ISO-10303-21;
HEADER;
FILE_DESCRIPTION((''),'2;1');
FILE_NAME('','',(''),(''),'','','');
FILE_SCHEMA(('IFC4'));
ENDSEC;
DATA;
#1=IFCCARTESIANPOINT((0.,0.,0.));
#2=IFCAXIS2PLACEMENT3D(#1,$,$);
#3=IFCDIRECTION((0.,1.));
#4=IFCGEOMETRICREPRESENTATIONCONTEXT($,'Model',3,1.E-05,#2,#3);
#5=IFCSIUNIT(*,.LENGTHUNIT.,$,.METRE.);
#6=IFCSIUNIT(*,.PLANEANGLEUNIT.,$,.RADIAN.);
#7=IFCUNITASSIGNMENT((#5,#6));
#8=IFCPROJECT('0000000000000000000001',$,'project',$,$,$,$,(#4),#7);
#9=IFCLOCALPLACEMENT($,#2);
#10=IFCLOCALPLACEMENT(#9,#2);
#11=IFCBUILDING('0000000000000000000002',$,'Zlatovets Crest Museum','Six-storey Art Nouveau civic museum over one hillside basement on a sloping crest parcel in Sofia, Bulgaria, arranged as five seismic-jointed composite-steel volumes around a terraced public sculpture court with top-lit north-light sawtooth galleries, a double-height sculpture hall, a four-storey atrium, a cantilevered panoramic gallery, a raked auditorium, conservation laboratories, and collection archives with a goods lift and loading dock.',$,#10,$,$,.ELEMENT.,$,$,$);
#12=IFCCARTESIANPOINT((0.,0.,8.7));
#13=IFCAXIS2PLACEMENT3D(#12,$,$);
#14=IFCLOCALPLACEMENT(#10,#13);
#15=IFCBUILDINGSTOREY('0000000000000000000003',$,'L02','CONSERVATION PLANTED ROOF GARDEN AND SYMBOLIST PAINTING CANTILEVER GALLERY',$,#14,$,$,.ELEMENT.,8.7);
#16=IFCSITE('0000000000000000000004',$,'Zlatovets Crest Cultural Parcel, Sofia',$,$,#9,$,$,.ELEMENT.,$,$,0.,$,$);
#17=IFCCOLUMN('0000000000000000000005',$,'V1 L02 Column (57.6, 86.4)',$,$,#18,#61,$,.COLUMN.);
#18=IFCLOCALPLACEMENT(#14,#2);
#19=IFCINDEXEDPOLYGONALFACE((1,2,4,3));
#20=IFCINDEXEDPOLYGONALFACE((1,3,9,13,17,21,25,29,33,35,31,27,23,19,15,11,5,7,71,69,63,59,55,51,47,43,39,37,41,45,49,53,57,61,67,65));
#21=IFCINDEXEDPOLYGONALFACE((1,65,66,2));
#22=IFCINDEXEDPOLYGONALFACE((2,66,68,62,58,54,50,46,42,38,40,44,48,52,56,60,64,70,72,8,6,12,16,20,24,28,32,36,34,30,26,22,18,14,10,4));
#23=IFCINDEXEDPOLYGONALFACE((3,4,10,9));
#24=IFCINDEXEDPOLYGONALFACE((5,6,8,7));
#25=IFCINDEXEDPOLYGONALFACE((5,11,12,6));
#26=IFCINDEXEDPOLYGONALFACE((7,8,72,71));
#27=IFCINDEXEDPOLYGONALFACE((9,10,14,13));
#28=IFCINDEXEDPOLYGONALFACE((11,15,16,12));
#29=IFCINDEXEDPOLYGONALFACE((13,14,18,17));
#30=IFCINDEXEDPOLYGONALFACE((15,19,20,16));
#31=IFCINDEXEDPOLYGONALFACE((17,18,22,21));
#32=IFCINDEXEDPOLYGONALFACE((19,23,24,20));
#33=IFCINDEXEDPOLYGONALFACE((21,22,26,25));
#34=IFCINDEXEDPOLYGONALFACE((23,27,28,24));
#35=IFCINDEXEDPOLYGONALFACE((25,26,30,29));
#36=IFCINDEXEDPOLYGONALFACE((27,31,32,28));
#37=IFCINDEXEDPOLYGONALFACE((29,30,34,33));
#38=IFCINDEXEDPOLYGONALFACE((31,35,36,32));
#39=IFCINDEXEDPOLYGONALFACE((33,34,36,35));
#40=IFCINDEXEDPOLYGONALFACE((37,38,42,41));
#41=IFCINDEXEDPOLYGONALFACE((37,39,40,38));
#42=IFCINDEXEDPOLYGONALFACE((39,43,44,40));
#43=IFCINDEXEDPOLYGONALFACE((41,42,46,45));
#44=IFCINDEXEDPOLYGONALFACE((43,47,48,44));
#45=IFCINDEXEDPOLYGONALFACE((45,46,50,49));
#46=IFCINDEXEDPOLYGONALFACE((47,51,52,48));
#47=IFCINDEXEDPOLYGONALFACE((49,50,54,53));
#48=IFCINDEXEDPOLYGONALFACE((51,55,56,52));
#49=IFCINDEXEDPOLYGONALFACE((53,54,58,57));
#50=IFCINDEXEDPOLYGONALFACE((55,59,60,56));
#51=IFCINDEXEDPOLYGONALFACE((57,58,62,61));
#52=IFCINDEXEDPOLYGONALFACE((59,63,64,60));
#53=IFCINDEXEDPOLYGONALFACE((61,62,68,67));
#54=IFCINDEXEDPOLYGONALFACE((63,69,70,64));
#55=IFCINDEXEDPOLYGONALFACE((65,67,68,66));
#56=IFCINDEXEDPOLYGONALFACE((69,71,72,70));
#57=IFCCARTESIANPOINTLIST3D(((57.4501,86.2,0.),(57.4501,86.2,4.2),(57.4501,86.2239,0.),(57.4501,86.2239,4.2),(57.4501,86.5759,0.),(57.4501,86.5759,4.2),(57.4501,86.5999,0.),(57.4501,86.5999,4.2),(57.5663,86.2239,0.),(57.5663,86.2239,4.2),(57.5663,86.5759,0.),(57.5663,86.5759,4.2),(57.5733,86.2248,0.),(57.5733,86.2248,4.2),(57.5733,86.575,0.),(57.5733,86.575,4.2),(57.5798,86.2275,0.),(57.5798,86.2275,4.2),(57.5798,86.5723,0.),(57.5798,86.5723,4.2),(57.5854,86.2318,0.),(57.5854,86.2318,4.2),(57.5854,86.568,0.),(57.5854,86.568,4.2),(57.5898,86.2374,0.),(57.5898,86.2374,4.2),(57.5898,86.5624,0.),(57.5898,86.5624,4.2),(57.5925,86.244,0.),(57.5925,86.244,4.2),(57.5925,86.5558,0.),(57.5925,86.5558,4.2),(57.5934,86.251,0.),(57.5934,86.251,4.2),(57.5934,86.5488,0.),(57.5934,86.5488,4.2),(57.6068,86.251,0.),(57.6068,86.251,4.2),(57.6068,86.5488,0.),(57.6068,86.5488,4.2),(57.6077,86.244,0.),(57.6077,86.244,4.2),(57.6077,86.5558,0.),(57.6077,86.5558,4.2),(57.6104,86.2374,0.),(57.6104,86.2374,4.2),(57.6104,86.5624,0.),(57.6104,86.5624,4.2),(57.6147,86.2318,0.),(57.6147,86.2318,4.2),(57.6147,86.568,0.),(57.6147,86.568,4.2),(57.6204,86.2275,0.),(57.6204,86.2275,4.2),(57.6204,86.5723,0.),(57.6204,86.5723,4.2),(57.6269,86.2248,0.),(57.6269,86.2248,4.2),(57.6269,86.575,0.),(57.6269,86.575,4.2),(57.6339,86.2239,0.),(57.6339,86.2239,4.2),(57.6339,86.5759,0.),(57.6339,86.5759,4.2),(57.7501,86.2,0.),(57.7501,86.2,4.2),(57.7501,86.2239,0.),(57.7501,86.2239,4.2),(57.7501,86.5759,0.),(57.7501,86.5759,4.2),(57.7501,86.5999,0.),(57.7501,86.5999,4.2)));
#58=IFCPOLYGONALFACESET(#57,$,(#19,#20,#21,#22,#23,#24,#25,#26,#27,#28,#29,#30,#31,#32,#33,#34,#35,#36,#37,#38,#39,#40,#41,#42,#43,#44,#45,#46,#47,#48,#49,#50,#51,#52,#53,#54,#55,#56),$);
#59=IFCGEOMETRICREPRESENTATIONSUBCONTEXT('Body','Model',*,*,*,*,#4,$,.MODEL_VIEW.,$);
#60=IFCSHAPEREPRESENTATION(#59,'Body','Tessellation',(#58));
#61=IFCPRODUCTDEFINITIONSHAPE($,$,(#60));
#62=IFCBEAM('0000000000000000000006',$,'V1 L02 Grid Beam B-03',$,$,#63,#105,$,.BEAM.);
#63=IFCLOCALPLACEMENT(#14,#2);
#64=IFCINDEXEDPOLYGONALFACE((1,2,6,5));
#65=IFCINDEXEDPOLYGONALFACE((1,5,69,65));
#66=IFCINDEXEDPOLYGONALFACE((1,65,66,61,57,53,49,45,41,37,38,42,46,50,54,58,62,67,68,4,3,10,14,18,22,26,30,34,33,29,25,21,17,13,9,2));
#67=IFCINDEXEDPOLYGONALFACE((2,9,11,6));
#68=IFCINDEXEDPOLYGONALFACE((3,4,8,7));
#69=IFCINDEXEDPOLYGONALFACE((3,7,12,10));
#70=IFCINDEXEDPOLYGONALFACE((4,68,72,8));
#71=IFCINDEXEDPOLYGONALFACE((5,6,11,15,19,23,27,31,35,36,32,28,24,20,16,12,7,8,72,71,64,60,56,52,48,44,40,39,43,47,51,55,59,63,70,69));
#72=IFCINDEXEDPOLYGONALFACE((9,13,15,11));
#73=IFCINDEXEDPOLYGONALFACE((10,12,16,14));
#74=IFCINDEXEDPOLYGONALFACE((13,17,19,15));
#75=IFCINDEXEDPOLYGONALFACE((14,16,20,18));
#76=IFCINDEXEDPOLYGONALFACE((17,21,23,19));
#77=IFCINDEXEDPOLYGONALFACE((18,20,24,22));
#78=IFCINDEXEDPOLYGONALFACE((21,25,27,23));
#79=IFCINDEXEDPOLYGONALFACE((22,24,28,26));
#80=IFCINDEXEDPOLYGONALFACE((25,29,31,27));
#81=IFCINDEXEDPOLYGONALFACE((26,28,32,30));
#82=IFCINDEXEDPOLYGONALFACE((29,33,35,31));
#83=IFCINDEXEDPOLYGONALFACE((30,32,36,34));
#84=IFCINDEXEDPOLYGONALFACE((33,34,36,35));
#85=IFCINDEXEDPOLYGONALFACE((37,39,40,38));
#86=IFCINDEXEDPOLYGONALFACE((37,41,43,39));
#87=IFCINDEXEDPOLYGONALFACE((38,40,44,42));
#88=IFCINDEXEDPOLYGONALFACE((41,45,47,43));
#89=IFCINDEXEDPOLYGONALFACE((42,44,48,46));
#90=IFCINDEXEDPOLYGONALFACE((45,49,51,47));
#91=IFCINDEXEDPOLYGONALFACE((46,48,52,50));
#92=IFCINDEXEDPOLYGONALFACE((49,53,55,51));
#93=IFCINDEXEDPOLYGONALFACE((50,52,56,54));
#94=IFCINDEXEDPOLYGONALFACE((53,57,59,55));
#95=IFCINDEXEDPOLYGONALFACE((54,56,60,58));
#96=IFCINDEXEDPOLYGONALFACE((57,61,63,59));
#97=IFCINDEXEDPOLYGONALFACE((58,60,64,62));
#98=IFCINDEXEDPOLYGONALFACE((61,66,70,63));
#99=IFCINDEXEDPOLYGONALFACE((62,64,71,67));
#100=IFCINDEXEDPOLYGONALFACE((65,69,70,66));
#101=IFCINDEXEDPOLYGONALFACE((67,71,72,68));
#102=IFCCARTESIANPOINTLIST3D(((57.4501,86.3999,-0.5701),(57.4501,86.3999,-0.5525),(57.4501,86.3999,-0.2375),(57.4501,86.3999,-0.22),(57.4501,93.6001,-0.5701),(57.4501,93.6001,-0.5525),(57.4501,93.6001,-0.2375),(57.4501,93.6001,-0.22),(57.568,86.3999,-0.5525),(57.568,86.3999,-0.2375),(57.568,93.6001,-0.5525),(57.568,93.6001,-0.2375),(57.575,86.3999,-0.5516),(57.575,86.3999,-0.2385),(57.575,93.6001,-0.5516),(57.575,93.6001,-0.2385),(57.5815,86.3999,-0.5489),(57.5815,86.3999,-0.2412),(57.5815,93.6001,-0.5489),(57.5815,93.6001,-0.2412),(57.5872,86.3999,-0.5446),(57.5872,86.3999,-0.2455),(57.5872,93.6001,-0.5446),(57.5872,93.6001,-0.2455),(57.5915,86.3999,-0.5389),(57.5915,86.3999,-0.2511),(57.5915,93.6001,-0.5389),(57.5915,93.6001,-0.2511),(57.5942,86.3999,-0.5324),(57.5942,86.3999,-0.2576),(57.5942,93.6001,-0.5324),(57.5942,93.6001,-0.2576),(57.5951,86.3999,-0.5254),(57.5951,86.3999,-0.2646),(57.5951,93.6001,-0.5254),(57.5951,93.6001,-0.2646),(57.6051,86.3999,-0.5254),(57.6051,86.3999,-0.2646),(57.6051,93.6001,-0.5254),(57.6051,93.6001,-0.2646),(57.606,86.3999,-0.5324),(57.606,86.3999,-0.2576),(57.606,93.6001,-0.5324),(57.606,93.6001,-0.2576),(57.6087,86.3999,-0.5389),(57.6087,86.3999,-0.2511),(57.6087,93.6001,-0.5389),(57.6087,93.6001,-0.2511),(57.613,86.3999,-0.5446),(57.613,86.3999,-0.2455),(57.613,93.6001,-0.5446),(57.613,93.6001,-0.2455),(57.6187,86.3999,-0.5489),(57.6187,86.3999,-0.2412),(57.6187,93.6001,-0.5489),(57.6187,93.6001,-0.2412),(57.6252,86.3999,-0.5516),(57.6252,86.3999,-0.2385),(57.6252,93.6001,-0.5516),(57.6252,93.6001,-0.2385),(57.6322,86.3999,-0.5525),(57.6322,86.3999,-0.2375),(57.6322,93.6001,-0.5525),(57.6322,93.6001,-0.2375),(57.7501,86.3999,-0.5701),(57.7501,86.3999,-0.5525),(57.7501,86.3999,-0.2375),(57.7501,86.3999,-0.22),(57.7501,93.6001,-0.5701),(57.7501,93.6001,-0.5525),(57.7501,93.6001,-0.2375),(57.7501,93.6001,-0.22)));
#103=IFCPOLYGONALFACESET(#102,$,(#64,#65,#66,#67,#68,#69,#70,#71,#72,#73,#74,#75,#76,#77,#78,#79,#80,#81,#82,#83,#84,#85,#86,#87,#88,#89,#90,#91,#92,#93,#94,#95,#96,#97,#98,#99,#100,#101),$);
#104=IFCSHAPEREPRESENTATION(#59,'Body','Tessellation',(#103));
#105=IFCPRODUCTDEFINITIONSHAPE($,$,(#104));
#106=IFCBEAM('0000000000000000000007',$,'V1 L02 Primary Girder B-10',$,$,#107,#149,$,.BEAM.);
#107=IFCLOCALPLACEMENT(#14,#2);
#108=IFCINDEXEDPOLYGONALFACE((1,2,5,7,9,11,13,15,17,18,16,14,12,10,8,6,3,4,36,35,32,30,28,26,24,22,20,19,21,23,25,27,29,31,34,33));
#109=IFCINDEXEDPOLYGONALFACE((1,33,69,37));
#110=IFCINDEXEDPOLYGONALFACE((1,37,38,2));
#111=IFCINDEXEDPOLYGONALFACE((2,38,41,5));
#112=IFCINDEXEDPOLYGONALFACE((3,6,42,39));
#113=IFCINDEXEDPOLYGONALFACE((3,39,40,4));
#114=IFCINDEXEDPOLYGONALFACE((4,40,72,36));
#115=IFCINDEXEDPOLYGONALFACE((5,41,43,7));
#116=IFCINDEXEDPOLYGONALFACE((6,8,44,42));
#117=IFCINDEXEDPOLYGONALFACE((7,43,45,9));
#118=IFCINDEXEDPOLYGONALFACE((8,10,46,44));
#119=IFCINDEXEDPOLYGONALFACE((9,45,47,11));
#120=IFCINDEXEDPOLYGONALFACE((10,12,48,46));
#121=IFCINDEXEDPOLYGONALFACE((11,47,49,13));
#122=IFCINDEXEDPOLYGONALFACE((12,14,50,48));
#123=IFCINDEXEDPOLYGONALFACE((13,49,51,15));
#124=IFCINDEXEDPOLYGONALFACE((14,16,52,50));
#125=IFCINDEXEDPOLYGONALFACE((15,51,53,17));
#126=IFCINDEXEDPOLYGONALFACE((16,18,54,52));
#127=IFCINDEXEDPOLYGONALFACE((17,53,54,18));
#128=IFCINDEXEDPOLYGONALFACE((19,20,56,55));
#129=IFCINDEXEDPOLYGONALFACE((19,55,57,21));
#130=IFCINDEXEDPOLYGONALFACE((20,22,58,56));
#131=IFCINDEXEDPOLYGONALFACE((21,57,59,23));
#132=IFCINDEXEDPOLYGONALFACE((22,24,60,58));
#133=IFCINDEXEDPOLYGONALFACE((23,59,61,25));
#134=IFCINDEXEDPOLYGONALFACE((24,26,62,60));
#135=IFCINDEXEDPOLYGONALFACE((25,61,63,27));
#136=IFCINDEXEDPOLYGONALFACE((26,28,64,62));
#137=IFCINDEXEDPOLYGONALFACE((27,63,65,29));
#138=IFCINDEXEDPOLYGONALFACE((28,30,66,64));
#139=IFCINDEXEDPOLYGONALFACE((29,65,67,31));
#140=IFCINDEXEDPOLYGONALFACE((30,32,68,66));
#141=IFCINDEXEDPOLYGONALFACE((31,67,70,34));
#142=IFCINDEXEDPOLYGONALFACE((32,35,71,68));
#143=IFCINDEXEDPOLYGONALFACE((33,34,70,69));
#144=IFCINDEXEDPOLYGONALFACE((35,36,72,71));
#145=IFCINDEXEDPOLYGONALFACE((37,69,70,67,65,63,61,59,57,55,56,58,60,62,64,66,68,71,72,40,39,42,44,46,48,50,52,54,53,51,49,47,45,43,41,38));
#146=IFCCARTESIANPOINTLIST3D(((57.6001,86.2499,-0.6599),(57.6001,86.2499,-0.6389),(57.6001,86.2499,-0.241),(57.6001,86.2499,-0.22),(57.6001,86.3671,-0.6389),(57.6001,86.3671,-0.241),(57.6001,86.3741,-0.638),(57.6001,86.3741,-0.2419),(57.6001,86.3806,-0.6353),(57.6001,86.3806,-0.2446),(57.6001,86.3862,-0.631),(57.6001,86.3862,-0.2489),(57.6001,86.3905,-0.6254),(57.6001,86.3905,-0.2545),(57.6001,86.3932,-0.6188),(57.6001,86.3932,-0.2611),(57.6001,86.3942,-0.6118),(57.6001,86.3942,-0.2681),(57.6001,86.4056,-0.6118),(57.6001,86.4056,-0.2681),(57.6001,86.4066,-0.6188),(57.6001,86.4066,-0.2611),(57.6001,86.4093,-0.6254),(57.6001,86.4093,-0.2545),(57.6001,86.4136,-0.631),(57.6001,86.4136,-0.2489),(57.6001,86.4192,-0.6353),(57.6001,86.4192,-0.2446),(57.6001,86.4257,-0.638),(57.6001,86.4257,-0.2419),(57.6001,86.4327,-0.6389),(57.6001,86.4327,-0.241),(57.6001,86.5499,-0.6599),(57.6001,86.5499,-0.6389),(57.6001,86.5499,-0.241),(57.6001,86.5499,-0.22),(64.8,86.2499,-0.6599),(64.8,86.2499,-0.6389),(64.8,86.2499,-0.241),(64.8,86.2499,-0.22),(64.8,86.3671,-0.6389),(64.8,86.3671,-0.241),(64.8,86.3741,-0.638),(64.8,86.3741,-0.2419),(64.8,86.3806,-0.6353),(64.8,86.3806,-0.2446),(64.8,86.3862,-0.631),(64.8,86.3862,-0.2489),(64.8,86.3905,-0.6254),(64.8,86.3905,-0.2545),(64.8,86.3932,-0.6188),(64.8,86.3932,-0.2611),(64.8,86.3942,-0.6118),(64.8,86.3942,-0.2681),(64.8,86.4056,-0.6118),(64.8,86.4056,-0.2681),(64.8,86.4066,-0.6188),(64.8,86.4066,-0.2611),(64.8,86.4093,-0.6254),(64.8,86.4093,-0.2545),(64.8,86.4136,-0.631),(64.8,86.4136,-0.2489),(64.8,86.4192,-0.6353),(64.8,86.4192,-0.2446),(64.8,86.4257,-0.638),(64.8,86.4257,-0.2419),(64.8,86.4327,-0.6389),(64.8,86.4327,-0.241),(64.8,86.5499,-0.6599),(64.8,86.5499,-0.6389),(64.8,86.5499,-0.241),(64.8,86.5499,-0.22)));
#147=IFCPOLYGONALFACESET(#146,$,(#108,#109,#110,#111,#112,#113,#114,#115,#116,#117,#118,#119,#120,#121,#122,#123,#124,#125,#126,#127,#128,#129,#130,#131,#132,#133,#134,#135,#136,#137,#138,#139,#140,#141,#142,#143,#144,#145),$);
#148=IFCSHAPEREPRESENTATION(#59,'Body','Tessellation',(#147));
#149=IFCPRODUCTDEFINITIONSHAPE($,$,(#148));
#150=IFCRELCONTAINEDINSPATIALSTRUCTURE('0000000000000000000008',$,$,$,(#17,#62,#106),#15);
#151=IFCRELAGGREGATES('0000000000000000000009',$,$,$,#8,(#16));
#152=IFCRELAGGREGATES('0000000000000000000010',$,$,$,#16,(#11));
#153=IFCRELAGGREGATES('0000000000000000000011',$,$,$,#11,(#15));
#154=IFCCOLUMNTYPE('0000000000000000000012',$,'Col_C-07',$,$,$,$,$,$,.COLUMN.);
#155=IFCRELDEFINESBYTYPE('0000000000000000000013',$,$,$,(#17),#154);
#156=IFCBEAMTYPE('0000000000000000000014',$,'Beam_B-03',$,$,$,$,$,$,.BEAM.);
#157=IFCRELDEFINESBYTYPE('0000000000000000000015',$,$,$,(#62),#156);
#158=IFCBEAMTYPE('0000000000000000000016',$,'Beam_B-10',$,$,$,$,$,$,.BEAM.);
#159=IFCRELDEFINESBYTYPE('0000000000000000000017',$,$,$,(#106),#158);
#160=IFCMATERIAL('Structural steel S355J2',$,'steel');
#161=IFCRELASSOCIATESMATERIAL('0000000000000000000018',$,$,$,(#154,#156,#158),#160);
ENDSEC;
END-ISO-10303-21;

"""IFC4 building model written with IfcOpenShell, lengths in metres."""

from ifc_helpers import new_model, si_unit, direction, frame, origin, origin_2d, place, context, subcontext, project, spatial, i_section, extrude, material, material_profile, profile_set, type_object, element, save


model = new_model("IFC4")

# Units and contexts
model_context = context("Model", 3, precision=1e-05, world=origin(), true_north=direction((0.0, 1.0)))
body_context = subcontext(model_context, "Body", "Model", "MODEL_VIEW")
ifc_project = project(units=[si_unit("LENGTHUNIT", "METRE"), si_unit("PLANEANGLEUNIT", "RADIAN")], contexts=[model_context])

# Site, building, storey
site_placement = place(None, origin())
site = spatial("IfcSite", under=ifc_project, at=site_placement, Name="Zlatovets Crest Cultural Parcel, Sofia", CompositionType="ELEMENT", RefElevation=0.0)
building_placement = place(site_placement, origin())
building = spatial("IfcBuilding", under=site, at=building_placement, Name="Zlatovets Crest Museum", Description="Six-storey Art Nouveau civic museum over one hillside basement on a sloping crest parcel in Sofia, Bulgaria, arranged as five seismic-jointed composite-steel volumes around a terraced public sculpture court with top-lit north-light sawtooth galleries, a double-height sculpture hall, a four-storey atrium, a cantilevered panoramic gallery, a raked auditorium, conservation laboratories, and collection archives with a goods lift and loading dock.", CompositionType="ELEMENT")
storey_placement = place(building_placement, frame((0.0, 0.0, 8.7)))
storey = spatial("IfcBuildingStorey", under=building, at=storey_placement, Name="L02", Description="CONSERVATION PLANTED ROOF GARDEN AND SYMBOLIST PAINTING CANTILEVER GALLERY", CompositionType="ELEMENT", Elevation=8.7)

# Column
ifc_material_1 = material(Name="Structural steel S355J2", Category="steel")
ifc_material_profile_1 = material_profile(ifc_material_1, i_section(OverallWidth=0.3, OverallDepth=0.3999, WebThickness=0.0134, FlangeThickness=0.0239, FilletRadius=0.0271, at=origin_2d()), Name="HEB 400")
ifc_profile_set_1 = profile_set([ifc_material_profile_1], Name="Structural steel S355J2")
column_type = type_object("IfcColumnType", Name="Col_C-07", PredefinedType="COLUMN", material=ifc_profile_set_1)
column_placement = place(storey_placement, frame((57.6001, 86.3999, 0.0), z_axis=(0.0, 0.0, 1.0), x_axis=(1.0, 0.0, 0.0)))
element("IfcColumn", 1, at=column_placement, inside=storey, type_object=column_type, Name="V1 L02 Column (57.6, 86.4)", PredefinedType="COLUMN", context=body_context, shape_type="SweptSolid", body=[
    extrude(i_section(OverallWidth=0.3, OverallDepth=0.3999, WebThickness=0.0134, FlangeThickness=0.0239, FilletRadius=0.0271, at=origin_2d()), origin(), (0.0, 0.0, 1.0), 4.2),
])

# Beams
ifc_material_profile_2 = material_profile(ifc_material_1, i_section(OverallWidth=0.3, OverallDepth=0.3501, WebThickness=0.01, FlangeThickness=0.0176, FilletRadius=0.0271, at=origin_2d()), Name="HEA 360")
ifc_profile_set_2 = profile_set([ifc_material_profile_2], Name="Structural steel S355J2")
beam_type_1 = type_object("IfcBeamType", Name="Beam_B-03", PredefinedType="BEAM", material=ifc_profile_set_2)
beam_1_placement = place(storey_placement, frame((57.6001, 86.3999, -0.395), z_axis=(0.0, 1.0, 0.0), x_axis=(-1.0, 0.0, 0.0)))
element("IfcBeam", 2, at=beam_1_placement, inside=storey, type_object=beam_type_1, Name="V1 L02 Grid Beam B-03", PredefinedType="BEAM", context=body_context, shape_type="SweptSolid", body=[
    extrude(i_section(OverallWidth=0.3, OverallDepth=0.3501, WebThickness=0.01, FlangeThickness=0.0176, FilletRadius=0.0271, at=origin_2d()), origin(), (0.0, 0.0, 1.0), 7.2002),
])
ifc_material_profile_3 = material_profile(ifc_material_1, i_section(OverallWidth=0.3, OverallDepth=0.4399, WebThickness=0.0115, FlangeThickness=0.021, FilletRadius=0.0271, at=origin_2d()), Name="HEA 450")
ifc_profile_set_3 = profile_set([ifc_material_profile_3], Name="Structural steel S355J2")
beam_type_2 = type_object("IfcBeamType", Name="Beam_B-10", PredefinedType="BEAM", material=ifc_profile_set_3)
beam_2_placement = place(storey_placement, frame((57.6001, 86.3999, -0.4399), z_axis=(1.0, 0.0, 0.0), x_axis=(0.0, 1.0, 0.0)))
element("IfcBeam", 3, at=beam_2_placement, inside=storey, type_object=beam_type_2, Name="V1 L02 Primary Girder B-10", PredefinedType="BEAM", context=body_context, shape_type="SweptSolid", body=[
    extrude(i_section(OverallWidth=0.3, OverallDepth=0.4399, WebThickness=0.0115, FlangeThickness=0.021, FilletRadius=0.0271, at=origin_2d()), origin(), (0.0, 0.0, 1.0), 7.2),
])

save(model, "model.ifc")
